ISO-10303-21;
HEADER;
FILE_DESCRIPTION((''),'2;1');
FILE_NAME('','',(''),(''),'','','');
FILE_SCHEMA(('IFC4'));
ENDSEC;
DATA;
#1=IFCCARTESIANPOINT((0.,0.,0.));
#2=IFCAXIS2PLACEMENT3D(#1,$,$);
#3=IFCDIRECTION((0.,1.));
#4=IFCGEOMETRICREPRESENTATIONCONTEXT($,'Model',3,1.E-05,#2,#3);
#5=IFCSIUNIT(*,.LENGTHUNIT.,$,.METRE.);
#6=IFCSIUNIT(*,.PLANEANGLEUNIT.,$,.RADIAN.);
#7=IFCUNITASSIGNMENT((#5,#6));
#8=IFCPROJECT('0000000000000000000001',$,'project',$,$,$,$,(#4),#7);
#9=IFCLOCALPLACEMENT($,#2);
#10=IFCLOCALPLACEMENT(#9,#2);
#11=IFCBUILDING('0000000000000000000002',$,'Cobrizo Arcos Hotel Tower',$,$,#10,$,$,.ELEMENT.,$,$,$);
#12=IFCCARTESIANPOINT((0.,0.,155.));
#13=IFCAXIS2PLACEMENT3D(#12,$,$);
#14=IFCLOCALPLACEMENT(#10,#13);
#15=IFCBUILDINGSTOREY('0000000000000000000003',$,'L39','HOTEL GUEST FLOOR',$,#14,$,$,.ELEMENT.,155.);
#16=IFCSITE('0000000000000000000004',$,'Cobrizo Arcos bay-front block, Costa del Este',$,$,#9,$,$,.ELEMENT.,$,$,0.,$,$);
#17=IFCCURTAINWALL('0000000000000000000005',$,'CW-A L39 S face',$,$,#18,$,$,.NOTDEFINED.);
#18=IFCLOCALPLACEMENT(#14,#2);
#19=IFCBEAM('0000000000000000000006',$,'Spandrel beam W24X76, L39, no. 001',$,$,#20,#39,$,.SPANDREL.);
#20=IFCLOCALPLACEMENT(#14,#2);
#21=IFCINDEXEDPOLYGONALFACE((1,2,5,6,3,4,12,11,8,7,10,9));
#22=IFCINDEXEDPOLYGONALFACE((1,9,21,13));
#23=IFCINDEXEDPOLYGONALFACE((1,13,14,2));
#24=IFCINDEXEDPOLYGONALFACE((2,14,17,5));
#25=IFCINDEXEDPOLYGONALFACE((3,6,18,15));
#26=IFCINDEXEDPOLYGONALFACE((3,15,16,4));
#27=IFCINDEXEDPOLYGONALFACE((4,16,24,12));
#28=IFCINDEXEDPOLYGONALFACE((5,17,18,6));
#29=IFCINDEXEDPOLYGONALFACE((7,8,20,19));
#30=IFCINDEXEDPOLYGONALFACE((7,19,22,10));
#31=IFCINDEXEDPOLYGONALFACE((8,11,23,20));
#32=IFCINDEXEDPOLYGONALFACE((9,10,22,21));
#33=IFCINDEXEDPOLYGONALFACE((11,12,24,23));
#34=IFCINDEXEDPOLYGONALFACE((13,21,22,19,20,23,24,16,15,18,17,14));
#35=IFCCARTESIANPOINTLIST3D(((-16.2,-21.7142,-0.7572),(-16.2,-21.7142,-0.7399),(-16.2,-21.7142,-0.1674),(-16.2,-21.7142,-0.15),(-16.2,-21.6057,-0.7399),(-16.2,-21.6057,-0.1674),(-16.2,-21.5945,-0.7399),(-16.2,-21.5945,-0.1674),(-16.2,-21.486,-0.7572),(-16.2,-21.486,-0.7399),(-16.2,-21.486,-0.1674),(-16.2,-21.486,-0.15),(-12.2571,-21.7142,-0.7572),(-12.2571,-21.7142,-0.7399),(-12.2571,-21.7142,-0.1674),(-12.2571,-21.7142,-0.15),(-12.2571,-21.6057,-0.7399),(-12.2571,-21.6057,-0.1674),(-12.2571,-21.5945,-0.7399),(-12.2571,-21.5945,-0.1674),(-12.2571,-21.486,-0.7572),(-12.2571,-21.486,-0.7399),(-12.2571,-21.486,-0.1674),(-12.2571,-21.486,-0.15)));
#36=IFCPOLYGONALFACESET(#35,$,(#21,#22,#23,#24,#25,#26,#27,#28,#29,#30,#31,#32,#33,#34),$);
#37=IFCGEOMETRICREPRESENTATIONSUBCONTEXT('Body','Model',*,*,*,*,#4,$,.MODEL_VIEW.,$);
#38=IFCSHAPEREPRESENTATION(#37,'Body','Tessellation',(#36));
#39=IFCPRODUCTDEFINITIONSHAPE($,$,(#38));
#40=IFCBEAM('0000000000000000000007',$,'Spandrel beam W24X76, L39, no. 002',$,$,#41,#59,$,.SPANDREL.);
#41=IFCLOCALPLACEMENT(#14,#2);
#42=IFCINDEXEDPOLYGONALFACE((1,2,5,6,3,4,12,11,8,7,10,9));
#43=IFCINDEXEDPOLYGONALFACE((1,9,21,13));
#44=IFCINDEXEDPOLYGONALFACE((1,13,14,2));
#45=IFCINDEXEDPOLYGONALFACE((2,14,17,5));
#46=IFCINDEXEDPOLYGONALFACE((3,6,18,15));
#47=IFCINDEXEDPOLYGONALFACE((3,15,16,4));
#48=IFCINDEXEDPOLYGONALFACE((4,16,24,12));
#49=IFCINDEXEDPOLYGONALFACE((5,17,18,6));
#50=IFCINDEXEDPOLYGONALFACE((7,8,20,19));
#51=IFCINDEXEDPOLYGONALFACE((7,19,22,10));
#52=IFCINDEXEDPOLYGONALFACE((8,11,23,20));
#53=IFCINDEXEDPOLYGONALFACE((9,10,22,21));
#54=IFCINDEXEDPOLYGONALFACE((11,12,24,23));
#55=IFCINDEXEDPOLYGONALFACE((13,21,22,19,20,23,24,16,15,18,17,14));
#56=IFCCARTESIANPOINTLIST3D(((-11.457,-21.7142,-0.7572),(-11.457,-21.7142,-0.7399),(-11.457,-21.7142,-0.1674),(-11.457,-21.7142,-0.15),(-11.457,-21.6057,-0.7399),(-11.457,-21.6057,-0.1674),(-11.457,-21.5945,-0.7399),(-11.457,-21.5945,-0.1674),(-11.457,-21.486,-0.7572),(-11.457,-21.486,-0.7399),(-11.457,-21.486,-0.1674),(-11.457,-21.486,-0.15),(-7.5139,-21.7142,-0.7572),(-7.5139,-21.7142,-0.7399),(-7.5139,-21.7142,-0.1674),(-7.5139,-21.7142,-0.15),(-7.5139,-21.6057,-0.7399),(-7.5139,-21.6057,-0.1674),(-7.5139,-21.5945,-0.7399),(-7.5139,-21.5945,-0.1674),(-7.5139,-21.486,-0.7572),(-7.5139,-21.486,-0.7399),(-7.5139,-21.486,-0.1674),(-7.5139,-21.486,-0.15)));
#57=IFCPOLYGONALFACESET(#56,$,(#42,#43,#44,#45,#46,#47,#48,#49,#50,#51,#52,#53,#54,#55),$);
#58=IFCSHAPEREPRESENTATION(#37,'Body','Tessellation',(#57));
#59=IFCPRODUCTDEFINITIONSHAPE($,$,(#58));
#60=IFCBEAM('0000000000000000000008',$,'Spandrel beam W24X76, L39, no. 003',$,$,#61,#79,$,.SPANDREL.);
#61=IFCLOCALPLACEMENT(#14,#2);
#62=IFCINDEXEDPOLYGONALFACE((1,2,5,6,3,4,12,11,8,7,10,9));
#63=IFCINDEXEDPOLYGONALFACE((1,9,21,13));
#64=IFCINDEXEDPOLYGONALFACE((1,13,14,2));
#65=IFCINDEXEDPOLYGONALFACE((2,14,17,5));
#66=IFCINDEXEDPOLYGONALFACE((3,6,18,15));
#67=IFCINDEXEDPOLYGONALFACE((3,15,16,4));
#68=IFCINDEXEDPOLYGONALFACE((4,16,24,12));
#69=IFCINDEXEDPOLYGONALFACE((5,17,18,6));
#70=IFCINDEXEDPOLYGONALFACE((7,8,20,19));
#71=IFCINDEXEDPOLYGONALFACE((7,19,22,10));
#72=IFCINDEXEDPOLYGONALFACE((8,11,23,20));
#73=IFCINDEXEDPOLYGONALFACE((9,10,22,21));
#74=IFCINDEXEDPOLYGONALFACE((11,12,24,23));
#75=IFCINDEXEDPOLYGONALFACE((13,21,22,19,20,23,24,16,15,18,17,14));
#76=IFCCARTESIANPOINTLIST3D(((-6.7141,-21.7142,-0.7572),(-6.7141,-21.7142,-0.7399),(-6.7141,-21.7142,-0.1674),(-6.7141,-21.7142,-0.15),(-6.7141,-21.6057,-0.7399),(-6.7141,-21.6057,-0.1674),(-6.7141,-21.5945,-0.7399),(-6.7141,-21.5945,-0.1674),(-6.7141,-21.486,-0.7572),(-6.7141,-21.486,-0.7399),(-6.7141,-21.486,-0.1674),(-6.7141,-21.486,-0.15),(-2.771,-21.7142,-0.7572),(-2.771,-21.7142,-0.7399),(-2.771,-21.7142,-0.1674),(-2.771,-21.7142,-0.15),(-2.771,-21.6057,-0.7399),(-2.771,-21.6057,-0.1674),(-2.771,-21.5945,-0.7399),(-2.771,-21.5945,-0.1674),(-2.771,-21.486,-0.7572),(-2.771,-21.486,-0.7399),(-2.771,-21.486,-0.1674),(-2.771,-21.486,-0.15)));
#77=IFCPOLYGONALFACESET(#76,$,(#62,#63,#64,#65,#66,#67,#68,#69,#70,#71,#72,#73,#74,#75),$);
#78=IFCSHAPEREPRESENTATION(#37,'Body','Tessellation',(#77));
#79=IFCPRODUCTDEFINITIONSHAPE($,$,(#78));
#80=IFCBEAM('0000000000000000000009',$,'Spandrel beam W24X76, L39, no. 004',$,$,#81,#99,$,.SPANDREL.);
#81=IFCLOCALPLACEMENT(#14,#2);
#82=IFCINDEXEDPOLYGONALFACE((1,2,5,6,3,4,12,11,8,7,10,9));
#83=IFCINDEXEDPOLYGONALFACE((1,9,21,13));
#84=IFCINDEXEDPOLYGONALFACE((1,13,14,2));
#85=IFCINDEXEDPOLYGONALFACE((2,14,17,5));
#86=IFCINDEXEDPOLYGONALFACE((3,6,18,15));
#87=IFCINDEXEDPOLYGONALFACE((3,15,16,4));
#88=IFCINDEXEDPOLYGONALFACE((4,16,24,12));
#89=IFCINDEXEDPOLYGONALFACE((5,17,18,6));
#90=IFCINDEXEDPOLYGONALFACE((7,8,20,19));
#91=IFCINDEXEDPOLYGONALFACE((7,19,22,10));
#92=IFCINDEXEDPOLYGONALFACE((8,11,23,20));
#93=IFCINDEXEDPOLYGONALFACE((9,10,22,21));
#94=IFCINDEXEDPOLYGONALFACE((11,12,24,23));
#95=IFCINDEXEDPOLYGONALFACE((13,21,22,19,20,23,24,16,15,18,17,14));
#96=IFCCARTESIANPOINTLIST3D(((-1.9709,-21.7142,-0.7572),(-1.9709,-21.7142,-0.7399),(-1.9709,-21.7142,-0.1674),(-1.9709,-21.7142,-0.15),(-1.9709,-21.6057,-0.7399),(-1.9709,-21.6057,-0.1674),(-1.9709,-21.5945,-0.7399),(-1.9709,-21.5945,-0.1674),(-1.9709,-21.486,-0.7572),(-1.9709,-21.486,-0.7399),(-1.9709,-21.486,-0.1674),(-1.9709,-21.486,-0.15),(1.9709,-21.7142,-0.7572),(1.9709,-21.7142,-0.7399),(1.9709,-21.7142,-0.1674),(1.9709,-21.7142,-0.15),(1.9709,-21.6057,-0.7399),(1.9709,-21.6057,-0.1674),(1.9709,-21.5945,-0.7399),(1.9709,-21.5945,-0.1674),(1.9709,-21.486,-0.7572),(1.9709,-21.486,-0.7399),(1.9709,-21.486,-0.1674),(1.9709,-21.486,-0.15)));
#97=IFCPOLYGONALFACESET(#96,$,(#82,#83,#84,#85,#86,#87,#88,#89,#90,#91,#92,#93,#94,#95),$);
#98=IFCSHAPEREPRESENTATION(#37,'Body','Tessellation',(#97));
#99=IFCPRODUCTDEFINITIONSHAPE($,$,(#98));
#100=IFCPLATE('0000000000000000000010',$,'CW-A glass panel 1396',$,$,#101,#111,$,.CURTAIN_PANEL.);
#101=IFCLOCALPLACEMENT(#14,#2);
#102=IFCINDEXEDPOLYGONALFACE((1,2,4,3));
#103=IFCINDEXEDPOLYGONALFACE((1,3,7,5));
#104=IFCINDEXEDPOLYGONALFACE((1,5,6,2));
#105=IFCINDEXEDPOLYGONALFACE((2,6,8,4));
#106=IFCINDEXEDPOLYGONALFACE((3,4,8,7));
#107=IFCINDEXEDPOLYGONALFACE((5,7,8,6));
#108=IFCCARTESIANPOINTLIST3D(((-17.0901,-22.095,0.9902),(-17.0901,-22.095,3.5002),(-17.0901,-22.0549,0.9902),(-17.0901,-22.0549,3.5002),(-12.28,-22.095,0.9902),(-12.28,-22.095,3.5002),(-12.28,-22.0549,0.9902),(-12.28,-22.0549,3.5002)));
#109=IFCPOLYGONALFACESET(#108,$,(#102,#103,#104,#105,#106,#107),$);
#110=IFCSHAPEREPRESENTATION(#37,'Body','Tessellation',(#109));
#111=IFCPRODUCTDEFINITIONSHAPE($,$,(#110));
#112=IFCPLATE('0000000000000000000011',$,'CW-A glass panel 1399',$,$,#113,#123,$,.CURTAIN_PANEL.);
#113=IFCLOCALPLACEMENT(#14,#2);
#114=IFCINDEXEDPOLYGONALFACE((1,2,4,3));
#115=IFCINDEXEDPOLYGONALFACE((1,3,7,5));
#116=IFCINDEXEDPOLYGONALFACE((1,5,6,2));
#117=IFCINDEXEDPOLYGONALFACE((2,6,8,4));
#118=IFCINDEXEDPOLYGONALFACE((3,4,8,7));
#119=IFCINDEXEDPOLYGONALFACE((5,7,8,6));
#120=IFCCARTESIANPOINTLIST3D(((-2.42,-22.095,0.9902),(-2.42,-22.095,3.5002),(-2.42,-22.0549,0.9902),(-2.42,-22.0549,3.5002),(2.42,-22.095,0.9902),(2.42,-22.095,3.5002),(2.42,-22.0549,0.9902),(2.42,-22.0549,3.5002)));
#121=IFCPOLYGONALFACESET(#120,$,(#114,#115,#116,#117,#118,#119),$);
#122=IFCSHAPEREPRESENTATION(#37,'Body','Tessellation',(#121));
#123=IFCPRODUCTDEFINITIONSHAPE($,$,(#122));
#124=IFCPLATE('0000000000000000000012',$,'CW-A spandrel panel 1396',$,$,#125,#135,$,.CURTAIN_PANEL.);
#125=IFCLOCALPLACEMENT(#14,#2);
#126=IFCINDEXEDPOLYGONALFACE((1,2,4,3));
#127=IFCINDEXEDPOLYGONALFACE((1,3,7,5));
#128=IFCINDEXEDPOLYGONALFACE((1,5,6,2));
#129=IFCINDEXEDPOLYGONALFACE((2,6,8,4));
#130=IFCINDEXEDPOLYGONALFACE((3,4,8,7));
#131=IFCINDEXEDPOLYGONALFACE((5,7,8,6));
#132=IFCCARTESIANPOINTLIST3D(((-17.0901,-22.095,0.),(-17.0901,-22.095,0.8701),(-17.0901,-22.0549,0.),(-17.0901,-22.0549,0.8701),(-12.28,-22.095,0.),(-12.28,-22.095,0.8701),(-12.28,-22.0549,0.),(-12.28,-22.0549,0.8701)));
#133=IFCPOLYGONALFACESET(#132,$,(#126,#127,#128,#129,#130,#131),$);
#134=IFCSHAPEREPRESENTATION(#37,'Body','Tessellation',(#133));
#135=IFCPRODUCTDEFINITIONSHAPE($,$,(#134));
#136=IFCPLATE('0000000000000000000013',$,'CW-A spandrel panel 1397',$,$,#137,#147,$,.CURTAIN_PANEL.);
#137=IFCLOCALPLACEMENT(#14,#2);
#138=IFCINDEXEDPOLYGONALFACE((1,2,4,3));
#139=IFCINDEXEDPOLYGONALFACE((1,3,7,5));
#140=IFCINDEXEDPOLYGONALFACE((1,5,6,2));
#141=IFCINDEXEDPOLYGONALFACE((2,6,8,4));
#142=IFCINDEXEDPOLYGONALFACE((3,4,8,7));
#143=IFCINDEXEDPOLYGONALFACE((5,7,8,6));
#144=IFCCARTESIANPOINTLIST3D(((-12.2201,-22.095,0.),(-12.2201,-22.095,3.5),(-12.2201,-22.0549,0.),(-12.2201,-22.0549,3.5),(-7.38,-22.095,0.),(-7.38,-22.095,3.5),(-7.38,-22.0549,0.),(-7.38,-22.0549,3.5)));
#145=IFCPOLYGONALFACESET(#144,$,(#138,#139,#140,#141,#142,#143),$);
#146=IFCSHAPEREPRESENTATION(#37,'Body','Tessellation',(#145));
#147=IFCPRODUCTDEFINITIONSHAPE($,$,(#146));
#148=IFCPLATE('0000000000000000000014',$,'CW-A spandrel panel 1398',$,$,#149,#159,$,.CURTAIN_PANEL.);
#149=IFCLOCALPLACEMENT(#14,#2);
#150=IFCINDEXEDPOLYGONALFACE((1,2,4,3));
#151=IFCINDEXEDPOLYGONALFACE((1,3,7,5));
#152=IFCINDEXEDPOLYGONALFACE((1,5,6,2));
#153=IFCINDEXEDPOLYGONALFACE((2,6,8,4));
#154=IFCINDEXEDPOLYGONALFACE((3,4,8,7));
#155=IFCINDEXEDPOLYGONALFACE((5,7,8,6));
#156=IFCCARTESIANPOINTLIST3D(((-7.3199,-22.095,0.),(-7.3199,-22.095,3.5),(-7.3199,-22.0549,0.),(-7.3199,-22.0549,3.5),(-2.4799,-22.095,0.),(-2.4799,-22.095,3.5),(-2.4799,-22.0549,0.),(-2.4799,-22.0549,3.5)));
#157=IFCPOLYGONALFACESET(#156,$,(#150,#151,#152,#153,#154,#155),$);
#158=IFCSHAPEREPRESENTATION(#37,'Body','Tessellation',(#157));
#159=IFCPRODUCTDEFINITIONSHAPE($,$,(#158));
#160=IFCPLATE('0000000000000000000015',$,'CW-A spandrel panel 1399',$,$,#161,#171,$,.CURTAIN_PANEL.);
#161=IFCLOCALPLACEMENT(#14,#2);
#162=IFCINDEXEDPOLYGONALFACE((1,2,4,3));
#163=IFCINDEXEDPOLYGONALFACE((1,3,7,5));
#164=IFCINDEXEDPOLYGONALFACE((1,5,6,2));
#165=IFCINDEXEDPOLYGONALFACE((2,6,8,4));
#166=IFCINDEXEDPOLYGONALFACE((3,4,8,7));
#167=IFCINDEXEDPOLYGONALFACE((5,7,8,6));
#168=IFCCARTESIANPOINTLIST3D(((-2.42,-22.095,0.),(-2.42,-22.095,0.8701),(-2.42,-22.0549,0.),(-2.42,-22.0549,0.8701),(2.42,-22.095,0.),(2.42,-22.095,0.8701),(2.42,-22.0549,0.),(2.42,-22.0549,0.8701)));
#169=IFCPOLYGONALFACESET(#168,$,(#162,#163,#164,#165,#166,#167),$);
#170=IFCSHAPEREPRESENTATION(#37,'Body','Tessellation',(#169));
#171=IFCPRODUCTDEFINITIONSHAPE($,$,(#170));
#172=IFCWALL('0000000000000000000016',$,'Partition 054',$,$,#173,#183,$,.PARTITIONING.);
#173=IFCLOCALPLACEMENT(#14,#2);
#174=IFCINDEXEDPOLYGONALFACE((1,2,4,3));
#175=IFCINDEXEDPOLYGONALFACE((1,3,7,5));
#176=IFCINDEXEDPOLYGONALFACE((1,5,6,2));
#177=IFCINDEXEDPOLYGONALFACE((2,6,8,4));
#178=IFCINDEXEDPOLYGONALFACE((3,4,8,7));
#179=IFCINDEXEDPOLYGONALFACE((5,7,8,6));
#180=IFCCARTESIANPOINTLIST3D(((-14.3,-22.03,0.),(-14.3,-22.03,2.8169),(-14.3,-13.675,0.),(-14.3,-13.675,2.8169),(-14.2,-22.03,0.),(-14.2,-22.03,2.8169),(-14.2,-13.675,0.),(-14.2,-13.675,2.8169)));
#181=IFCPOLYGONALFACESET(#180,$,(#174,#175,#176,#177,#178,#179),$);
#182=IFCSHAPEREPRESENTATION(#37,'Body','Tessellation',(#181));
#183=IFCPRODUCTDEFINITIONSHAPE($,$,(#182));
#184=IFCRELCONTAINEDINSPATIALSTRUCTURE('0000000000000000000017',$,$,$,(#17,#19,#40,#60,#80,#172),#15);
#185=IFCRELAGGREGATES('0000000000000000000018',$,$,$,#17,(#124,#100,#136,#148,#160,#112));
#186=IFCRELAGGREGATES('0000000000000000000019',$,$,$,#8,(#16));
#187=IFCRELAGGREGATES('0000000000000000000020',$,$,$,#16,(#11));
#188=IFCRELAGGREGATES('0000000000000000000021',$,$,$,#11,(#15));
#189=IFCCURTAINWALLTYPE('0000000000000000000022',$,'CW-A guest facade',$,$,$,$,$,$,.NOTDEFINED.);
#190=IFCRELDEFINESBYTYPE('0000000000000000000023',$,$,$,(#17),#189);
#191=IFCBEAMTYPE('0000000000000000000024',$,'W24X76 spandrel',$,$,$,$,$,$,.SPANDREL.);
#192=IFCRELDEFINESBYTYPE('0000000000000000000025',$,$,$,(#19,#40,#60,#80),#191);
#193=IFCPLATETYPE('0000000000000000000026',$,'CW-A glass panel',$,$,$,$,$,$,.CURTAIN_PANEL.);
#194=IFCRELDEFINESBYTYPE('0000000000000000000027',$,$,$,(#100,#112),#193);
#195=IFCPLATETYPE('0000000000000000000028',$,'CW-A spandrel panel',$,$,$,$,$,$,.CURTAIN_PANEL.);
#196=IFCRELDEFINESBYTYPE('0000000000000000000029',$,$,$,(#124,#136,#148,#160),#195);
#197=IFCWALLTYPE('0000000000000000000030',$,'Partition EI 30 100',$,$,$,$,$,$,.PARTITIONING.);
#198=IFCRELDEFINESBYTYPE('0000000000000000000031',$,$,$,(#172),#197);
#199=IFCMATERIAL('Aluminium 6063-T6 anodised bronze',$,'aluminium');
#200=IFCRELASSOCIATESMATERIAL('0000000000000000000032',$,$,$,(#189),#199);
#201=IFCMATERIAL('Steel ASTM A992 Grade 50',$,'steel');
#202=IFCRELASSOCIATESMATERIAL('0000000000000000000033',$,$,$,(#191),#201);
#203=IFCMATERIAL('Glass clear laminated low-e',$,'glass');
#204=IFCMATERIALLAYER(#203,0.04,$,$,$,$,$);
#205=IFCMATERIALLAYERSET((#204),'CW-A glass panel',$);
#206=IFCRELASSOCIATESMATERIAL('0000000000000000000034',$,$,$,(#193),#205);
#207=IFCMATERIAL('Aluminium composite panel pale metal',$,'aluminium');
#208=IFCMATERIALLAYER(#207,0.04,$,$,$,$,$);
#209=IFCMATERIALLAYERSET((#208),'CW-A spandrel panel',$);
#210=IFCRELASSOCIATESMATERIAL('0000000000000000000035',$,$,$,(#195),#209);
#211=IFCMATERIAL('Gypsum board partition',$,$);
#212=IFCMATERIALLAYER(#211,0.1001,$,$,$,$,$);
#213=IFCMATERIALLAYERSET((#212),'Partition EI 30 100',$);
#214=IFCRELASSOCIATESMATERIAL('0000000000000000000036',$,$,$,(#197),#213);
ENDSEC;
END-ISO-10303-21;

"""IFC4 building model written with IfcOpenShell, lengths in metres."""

from ifc_helpers import new_model, si_unit, direction, frame, frame_2d, origin, origin_2d, place, context, subcontext, project, spatial, rectangle, i_section, extrude, material, layer, layer_set, material_profile, profile_set, type_object, element, aggregate, save


model = new_model("IFC4")

# Units and contexts
model_context = context("Model", 3, precision=1e-05, world=origin(), true_north=direction((0.0, 1.0)))
body_context = subcontext(model_context, "Body", "Model", "MODEL_VIEW")
ifc_project = project(units=[si_unit("LENGTHUNIT", "METRE"), si_unit("PLANEANGLEUNIT", "RADIAN")], contexts=[model_context])

# Site, building, storey
site_placement = place(None, origin())
site = spatial("IfcSite", under=ifc_project, at=site_placement, Name="Cobrizo Arcos bay-front block, Costa del Este", CompositionType="ELEMENT", RefElevation=0.0)
building_placement = place(site_placement, origin())
building = spatial("IfcBuilding", under=site, at=building_placement, Name="Cobrizo Arcos Hotel Tower", CompositionType="ELEMENT")
storey_placement = place(building_placement, frame((0.0, 0.0, 155.0)))
storey = spatial("IfcBuildingStorey", under=building, at=storey_placement, Name="L39", Description="HOTEL GUEST FLOOR", CompositionType="ELEMENT", Elevation=155.0)

# Curtain wall
ifc_material_1 = material(Name="Aluminium 6063-T6 anodised bronze", Category="aluminium")
curtain_wall_type = type_object("IfcCurtainWallType", Name="CW-A guest facade", PredefinedType="NOTDEFINED", material=ifc_material_1)
curtain_wall_placement = place(storey_placement, origin())
curtain_wall = element("IfcCurtainWall", 1, at=curtain_wall_placement, inside=storey, type_object=curtain_wall_type, Name="CW-A L39 S face", PredefinedType="NOTDEFINED")

# Beams
ifc_material_2 = material(Name="Steel ASTM A992 Grade 50", Category="steel")
ifc_material_profile_1 = material_profile(ifc_material_2, i_section(OverallWidth=0.2283, OverallDepth=0.6072, WebThickness=0.0112, FlangeThickness=0.0173, at=origin_2d()), Name="W24X76")
ifc_profile_set_1 = profile_set([ifc_material_profile_1], Name="Steel ASTM A992 Grade 50")
beam_type_1 = type_object("IfcBeamType", Name="W24X76 spandrel", PredefinedType="SPANDREL", material=ifc_profile_set_1)
beam_1_placement = place(storey_placement, frame((-16.2, -21.6001, -0.4536), z_axis=(1.0, 0.0, 0.0), x_axis=(0.0, 1.0, 0.0)))
element("IfcBeam", 2, at=beam_1_placement, inside=storey, type_object=beam_type_1, Name="Spandrel beam W24X76, L39, no. 001", PredefinedType="SPANDREL", context=body_context, shape_type="SweptSolid", body=[
    extrude(i_section(OverallWidth=0.2283, OverallDepth=0.6072, WebThickness=0.0112, FlangeThickness=0.0173, at=origin_2d()), origin(), (0.0, 0.0, 1.0), 3.9429),
])
for number, where, z_axis, x_axis, name in (
    (3, (-11.457, -21.6001, -0.4536), (1.0, 0.0, 0.0), (0.0, 1.0, 0.0), "Spandrel beam W24X76, L39, no. 002"),
    (4, (-6.7141, -21.6001, -0.4536), (1.0, 0.0, 0.0), (0.0, 1.0, 0.0), "Spandrel beam W24X76, L39, no. 003"),
):
    element("IfcBeam", number, at=place(storey_placement, frame(where, z_axis=z_axis, x_axis=x_axis)), inside=storey, type_object=beam_type_1, Name=name, PredefinedType="SPANDREL", context=body_context, shape_type="SweptSolid", body=[
        extrude(i_section(OverallWidth=0.2283, OverallDepth=0.6072, WebThickness=0.0112, FlangeThickness=0.0173, at=origin_2d()), origin(), (0.0, 0.0, 1.0), 3.9431),
    ])
beam_2_placement = place(storey_placement, frame((-1.9709, -21.6001, -0.4536), z_axis=(1.0, 0.0, 0.0), x_axis=(0.0, 1.0, 0.0)))
element("IfcBeam", 5, at=beam_2_placement, inside=storey, type_object=beam_type_1, Name="Spandrel beam W24X76, L39, no. 004", PredefinedType="SPANDREL", context=body_context, shape_type="SweptSolid", body=[
    extrude(i_section(OverallWidth=0.2283, OverallDepth=0.6072, WebThickness=0.0112, FlangeThickness=0.0173, at=origin_2d()), origin(), (0.0, 0.0, 1.0), 3.9419),
])

# Plates
ifc_material_3 = material(Name="Glass clear laminated low-e", Category="glass")
ifc_layer_1 = layer(ifc_material_3, 0.04)
ifc_layer_set_1 = layer_set([ifc_layer_1], Name="CW-A glass panel")
plate_type_1 = type_object("IfcPlateType", Name="CW-A glass panel", PredefinedType="CURTAIN_PANEL", material=ifc_layer_set_1)
plate_1_placement = place(storey_placement, frame((-14.6851, -22.075, 0.9902), z_axis=(0.0, 0.0, 1.0), x_axis=(1.0, 0.0, 0.0)))
plate_1 = element("IfcPlate", 6, at=plate_1_placement, type_object=plate_type_1, Name="CW-A glass panel 1396", PredefinedType="CURTAIN_PANEL", context=body_context, shape_type="SweptSolid", body=[
    extrude(rectangle(XDim=4.8101, YDim=0.04, at=origin_2d()), origin(), (0.0, 0.0, 1.0), 2.51),
])
plate_2_placement = place(storey_placement, frame((0.0, -22.075, 0.9902), z_axis=(0.0, 0.0, 1.0), x_axis=(1.0, 0.0, 0.0)))
plate_2 = element("IfcPlate", 7, at=plate_2_placement, type_object=plate_type_1, Name="CW-A glass panel 1399", PredefinedType="CURTAIN_PANEL", context=body_context, shape_type="SweptSolid", body=[
    extrude(rectangle(XDim=4.8401, YDim=0.04, at=origin_2d()), origin(), (0.0, 0.0, 1.0), 2.51),
])
ifc_material_4 = material(Name="Aluminium composite panel pale metal", Category="aluminium")
ifc_layer_2 = layer(ifc_material_4, 0.04)
ifc_layer_set_2 = layer_set([ifc_layer_2], Name="CW-A spandrel panel")
plate_type_2 = type_object("IfcPlateType", Name="CW-A spandrel panel", PredefinedType="CURTAIN_PANEL", material=ifc_layer_set_2)
plate_3_placement = place(storey_placement, frame((-14.6851, -22.075, 0.0), z_axis=(0.0, 0.0, 1.0), x_axis=(1.0, 0.0, 0.0)))
plate_3 = element("IfcPlate", 8, at=plate_3_placement, type_object=plate_type_2, Name="CW-A spandrel panel 1396", PredefinedType="CURTAIN_PANEL", context=body_context, shape_type="SweptSolid", body=[
    extrude(rectangle(XDim=4.8101, YDim=0.04, at=origin_2d()), origin(), (0.0, 0.0, 1.0), 0.8701),
])
plate_4_placement = place(storey_placement, frame((-9.8, -22.075, 0.0), z_axis=(0.0, 0.0, 1.0), x_axis=(1.0, 0.0, 0.0)))
plate_4 = element("IfcPlate", 9, at=plate_4_placement, type_object=plate_type_2, Name="CW-A spandrel panel 1397", PredefinedType="CURTAIN_PANEL", context=body_context, shape_type="SweptSolid", body=[
    extrude(rectangle(XDim=4.8401, YDim=0.04, at=origin_2d()), origin(), (0.0, 0.0, 1.0), 3.5),
])
plate_5_placement = place(storey_placement, frame((-4.8999, -22.075, 0.0), z_axis=(0.0, 0.0, 1.0), x_axis=(1.0, 0.0, 0.0)))
plate_5 = element("IfcPlate", 10, at=plate_5_placement, type_object=plate_type_2, Name="CW-A spandrel panel 1398", PredefinedType="CURTAIN_PANEL", context=body_context, shape_type="SweptSolid", body=[
    extrude(rectangle(XDim=4.8401, YDim=0.04, at=origin_2d()), origin(), (0.0, 0.0, 1.0), 3.5),
])
plate_6_placement = place(storey_placement, frame((0.0, -22.075, 0.0), z_axis=(0.0, 0.0, 1.0), x_axis=(1.0, 0.0, 0.0)))
plate_6 = element("IfcPlate", 11, at=plate_6_placement, type_object=plate_type_2, Name="CW-A spandrel panel 1399", PredefinedType="CURTAIN_PANEL", context=body_context, shape_type="SweptSolid", body=[
    extrude(rectangle(XDim=4.8401, YDim=0.04, at=origin_2d()), origin(), (0.0, 0.0, 1.0), 0.8701),
])
aggregate(curtain_wall, [plate_3, plate_1, plate_4, plate_5, plate_6, plate_2])

# Wall
ifc_material_5 = material(Name="Gypsum board partition")
ifc_layer_3 = layer(ifc_material_5, 0.1001)
ifc_layer_set_3 = layer_set([ifc_layer_3], Name="Partition EI 30 100")
wall_type = type_object("IfcWallType", Name="Partition EI 30 100", PredefinedType="PARTITIONING", material=ifc_layer_set_3)
wall_1_placement = place(storey_placement, frame((-14.25, -22.03, 0.0), z_axis=(0.0, 0.0, 1.0), x_axis=(0.0, 1.0, 0.0)))
element("IfcWall", 12, at=wall_1_placement, inside=storey, type_object=wall_type, Name="Partition 054", PredefinedType="PARTITIONING", context=body_context, shape_type="SweptSolid", body=[
    extrude(rectangle(XDim=8.355, YDim=0.1001, at=frame_2d((4.1775, 0.0))), origin(), (0.0, 0.0, 1.0), 2.8169),
])

save(model, "model.ifc")
